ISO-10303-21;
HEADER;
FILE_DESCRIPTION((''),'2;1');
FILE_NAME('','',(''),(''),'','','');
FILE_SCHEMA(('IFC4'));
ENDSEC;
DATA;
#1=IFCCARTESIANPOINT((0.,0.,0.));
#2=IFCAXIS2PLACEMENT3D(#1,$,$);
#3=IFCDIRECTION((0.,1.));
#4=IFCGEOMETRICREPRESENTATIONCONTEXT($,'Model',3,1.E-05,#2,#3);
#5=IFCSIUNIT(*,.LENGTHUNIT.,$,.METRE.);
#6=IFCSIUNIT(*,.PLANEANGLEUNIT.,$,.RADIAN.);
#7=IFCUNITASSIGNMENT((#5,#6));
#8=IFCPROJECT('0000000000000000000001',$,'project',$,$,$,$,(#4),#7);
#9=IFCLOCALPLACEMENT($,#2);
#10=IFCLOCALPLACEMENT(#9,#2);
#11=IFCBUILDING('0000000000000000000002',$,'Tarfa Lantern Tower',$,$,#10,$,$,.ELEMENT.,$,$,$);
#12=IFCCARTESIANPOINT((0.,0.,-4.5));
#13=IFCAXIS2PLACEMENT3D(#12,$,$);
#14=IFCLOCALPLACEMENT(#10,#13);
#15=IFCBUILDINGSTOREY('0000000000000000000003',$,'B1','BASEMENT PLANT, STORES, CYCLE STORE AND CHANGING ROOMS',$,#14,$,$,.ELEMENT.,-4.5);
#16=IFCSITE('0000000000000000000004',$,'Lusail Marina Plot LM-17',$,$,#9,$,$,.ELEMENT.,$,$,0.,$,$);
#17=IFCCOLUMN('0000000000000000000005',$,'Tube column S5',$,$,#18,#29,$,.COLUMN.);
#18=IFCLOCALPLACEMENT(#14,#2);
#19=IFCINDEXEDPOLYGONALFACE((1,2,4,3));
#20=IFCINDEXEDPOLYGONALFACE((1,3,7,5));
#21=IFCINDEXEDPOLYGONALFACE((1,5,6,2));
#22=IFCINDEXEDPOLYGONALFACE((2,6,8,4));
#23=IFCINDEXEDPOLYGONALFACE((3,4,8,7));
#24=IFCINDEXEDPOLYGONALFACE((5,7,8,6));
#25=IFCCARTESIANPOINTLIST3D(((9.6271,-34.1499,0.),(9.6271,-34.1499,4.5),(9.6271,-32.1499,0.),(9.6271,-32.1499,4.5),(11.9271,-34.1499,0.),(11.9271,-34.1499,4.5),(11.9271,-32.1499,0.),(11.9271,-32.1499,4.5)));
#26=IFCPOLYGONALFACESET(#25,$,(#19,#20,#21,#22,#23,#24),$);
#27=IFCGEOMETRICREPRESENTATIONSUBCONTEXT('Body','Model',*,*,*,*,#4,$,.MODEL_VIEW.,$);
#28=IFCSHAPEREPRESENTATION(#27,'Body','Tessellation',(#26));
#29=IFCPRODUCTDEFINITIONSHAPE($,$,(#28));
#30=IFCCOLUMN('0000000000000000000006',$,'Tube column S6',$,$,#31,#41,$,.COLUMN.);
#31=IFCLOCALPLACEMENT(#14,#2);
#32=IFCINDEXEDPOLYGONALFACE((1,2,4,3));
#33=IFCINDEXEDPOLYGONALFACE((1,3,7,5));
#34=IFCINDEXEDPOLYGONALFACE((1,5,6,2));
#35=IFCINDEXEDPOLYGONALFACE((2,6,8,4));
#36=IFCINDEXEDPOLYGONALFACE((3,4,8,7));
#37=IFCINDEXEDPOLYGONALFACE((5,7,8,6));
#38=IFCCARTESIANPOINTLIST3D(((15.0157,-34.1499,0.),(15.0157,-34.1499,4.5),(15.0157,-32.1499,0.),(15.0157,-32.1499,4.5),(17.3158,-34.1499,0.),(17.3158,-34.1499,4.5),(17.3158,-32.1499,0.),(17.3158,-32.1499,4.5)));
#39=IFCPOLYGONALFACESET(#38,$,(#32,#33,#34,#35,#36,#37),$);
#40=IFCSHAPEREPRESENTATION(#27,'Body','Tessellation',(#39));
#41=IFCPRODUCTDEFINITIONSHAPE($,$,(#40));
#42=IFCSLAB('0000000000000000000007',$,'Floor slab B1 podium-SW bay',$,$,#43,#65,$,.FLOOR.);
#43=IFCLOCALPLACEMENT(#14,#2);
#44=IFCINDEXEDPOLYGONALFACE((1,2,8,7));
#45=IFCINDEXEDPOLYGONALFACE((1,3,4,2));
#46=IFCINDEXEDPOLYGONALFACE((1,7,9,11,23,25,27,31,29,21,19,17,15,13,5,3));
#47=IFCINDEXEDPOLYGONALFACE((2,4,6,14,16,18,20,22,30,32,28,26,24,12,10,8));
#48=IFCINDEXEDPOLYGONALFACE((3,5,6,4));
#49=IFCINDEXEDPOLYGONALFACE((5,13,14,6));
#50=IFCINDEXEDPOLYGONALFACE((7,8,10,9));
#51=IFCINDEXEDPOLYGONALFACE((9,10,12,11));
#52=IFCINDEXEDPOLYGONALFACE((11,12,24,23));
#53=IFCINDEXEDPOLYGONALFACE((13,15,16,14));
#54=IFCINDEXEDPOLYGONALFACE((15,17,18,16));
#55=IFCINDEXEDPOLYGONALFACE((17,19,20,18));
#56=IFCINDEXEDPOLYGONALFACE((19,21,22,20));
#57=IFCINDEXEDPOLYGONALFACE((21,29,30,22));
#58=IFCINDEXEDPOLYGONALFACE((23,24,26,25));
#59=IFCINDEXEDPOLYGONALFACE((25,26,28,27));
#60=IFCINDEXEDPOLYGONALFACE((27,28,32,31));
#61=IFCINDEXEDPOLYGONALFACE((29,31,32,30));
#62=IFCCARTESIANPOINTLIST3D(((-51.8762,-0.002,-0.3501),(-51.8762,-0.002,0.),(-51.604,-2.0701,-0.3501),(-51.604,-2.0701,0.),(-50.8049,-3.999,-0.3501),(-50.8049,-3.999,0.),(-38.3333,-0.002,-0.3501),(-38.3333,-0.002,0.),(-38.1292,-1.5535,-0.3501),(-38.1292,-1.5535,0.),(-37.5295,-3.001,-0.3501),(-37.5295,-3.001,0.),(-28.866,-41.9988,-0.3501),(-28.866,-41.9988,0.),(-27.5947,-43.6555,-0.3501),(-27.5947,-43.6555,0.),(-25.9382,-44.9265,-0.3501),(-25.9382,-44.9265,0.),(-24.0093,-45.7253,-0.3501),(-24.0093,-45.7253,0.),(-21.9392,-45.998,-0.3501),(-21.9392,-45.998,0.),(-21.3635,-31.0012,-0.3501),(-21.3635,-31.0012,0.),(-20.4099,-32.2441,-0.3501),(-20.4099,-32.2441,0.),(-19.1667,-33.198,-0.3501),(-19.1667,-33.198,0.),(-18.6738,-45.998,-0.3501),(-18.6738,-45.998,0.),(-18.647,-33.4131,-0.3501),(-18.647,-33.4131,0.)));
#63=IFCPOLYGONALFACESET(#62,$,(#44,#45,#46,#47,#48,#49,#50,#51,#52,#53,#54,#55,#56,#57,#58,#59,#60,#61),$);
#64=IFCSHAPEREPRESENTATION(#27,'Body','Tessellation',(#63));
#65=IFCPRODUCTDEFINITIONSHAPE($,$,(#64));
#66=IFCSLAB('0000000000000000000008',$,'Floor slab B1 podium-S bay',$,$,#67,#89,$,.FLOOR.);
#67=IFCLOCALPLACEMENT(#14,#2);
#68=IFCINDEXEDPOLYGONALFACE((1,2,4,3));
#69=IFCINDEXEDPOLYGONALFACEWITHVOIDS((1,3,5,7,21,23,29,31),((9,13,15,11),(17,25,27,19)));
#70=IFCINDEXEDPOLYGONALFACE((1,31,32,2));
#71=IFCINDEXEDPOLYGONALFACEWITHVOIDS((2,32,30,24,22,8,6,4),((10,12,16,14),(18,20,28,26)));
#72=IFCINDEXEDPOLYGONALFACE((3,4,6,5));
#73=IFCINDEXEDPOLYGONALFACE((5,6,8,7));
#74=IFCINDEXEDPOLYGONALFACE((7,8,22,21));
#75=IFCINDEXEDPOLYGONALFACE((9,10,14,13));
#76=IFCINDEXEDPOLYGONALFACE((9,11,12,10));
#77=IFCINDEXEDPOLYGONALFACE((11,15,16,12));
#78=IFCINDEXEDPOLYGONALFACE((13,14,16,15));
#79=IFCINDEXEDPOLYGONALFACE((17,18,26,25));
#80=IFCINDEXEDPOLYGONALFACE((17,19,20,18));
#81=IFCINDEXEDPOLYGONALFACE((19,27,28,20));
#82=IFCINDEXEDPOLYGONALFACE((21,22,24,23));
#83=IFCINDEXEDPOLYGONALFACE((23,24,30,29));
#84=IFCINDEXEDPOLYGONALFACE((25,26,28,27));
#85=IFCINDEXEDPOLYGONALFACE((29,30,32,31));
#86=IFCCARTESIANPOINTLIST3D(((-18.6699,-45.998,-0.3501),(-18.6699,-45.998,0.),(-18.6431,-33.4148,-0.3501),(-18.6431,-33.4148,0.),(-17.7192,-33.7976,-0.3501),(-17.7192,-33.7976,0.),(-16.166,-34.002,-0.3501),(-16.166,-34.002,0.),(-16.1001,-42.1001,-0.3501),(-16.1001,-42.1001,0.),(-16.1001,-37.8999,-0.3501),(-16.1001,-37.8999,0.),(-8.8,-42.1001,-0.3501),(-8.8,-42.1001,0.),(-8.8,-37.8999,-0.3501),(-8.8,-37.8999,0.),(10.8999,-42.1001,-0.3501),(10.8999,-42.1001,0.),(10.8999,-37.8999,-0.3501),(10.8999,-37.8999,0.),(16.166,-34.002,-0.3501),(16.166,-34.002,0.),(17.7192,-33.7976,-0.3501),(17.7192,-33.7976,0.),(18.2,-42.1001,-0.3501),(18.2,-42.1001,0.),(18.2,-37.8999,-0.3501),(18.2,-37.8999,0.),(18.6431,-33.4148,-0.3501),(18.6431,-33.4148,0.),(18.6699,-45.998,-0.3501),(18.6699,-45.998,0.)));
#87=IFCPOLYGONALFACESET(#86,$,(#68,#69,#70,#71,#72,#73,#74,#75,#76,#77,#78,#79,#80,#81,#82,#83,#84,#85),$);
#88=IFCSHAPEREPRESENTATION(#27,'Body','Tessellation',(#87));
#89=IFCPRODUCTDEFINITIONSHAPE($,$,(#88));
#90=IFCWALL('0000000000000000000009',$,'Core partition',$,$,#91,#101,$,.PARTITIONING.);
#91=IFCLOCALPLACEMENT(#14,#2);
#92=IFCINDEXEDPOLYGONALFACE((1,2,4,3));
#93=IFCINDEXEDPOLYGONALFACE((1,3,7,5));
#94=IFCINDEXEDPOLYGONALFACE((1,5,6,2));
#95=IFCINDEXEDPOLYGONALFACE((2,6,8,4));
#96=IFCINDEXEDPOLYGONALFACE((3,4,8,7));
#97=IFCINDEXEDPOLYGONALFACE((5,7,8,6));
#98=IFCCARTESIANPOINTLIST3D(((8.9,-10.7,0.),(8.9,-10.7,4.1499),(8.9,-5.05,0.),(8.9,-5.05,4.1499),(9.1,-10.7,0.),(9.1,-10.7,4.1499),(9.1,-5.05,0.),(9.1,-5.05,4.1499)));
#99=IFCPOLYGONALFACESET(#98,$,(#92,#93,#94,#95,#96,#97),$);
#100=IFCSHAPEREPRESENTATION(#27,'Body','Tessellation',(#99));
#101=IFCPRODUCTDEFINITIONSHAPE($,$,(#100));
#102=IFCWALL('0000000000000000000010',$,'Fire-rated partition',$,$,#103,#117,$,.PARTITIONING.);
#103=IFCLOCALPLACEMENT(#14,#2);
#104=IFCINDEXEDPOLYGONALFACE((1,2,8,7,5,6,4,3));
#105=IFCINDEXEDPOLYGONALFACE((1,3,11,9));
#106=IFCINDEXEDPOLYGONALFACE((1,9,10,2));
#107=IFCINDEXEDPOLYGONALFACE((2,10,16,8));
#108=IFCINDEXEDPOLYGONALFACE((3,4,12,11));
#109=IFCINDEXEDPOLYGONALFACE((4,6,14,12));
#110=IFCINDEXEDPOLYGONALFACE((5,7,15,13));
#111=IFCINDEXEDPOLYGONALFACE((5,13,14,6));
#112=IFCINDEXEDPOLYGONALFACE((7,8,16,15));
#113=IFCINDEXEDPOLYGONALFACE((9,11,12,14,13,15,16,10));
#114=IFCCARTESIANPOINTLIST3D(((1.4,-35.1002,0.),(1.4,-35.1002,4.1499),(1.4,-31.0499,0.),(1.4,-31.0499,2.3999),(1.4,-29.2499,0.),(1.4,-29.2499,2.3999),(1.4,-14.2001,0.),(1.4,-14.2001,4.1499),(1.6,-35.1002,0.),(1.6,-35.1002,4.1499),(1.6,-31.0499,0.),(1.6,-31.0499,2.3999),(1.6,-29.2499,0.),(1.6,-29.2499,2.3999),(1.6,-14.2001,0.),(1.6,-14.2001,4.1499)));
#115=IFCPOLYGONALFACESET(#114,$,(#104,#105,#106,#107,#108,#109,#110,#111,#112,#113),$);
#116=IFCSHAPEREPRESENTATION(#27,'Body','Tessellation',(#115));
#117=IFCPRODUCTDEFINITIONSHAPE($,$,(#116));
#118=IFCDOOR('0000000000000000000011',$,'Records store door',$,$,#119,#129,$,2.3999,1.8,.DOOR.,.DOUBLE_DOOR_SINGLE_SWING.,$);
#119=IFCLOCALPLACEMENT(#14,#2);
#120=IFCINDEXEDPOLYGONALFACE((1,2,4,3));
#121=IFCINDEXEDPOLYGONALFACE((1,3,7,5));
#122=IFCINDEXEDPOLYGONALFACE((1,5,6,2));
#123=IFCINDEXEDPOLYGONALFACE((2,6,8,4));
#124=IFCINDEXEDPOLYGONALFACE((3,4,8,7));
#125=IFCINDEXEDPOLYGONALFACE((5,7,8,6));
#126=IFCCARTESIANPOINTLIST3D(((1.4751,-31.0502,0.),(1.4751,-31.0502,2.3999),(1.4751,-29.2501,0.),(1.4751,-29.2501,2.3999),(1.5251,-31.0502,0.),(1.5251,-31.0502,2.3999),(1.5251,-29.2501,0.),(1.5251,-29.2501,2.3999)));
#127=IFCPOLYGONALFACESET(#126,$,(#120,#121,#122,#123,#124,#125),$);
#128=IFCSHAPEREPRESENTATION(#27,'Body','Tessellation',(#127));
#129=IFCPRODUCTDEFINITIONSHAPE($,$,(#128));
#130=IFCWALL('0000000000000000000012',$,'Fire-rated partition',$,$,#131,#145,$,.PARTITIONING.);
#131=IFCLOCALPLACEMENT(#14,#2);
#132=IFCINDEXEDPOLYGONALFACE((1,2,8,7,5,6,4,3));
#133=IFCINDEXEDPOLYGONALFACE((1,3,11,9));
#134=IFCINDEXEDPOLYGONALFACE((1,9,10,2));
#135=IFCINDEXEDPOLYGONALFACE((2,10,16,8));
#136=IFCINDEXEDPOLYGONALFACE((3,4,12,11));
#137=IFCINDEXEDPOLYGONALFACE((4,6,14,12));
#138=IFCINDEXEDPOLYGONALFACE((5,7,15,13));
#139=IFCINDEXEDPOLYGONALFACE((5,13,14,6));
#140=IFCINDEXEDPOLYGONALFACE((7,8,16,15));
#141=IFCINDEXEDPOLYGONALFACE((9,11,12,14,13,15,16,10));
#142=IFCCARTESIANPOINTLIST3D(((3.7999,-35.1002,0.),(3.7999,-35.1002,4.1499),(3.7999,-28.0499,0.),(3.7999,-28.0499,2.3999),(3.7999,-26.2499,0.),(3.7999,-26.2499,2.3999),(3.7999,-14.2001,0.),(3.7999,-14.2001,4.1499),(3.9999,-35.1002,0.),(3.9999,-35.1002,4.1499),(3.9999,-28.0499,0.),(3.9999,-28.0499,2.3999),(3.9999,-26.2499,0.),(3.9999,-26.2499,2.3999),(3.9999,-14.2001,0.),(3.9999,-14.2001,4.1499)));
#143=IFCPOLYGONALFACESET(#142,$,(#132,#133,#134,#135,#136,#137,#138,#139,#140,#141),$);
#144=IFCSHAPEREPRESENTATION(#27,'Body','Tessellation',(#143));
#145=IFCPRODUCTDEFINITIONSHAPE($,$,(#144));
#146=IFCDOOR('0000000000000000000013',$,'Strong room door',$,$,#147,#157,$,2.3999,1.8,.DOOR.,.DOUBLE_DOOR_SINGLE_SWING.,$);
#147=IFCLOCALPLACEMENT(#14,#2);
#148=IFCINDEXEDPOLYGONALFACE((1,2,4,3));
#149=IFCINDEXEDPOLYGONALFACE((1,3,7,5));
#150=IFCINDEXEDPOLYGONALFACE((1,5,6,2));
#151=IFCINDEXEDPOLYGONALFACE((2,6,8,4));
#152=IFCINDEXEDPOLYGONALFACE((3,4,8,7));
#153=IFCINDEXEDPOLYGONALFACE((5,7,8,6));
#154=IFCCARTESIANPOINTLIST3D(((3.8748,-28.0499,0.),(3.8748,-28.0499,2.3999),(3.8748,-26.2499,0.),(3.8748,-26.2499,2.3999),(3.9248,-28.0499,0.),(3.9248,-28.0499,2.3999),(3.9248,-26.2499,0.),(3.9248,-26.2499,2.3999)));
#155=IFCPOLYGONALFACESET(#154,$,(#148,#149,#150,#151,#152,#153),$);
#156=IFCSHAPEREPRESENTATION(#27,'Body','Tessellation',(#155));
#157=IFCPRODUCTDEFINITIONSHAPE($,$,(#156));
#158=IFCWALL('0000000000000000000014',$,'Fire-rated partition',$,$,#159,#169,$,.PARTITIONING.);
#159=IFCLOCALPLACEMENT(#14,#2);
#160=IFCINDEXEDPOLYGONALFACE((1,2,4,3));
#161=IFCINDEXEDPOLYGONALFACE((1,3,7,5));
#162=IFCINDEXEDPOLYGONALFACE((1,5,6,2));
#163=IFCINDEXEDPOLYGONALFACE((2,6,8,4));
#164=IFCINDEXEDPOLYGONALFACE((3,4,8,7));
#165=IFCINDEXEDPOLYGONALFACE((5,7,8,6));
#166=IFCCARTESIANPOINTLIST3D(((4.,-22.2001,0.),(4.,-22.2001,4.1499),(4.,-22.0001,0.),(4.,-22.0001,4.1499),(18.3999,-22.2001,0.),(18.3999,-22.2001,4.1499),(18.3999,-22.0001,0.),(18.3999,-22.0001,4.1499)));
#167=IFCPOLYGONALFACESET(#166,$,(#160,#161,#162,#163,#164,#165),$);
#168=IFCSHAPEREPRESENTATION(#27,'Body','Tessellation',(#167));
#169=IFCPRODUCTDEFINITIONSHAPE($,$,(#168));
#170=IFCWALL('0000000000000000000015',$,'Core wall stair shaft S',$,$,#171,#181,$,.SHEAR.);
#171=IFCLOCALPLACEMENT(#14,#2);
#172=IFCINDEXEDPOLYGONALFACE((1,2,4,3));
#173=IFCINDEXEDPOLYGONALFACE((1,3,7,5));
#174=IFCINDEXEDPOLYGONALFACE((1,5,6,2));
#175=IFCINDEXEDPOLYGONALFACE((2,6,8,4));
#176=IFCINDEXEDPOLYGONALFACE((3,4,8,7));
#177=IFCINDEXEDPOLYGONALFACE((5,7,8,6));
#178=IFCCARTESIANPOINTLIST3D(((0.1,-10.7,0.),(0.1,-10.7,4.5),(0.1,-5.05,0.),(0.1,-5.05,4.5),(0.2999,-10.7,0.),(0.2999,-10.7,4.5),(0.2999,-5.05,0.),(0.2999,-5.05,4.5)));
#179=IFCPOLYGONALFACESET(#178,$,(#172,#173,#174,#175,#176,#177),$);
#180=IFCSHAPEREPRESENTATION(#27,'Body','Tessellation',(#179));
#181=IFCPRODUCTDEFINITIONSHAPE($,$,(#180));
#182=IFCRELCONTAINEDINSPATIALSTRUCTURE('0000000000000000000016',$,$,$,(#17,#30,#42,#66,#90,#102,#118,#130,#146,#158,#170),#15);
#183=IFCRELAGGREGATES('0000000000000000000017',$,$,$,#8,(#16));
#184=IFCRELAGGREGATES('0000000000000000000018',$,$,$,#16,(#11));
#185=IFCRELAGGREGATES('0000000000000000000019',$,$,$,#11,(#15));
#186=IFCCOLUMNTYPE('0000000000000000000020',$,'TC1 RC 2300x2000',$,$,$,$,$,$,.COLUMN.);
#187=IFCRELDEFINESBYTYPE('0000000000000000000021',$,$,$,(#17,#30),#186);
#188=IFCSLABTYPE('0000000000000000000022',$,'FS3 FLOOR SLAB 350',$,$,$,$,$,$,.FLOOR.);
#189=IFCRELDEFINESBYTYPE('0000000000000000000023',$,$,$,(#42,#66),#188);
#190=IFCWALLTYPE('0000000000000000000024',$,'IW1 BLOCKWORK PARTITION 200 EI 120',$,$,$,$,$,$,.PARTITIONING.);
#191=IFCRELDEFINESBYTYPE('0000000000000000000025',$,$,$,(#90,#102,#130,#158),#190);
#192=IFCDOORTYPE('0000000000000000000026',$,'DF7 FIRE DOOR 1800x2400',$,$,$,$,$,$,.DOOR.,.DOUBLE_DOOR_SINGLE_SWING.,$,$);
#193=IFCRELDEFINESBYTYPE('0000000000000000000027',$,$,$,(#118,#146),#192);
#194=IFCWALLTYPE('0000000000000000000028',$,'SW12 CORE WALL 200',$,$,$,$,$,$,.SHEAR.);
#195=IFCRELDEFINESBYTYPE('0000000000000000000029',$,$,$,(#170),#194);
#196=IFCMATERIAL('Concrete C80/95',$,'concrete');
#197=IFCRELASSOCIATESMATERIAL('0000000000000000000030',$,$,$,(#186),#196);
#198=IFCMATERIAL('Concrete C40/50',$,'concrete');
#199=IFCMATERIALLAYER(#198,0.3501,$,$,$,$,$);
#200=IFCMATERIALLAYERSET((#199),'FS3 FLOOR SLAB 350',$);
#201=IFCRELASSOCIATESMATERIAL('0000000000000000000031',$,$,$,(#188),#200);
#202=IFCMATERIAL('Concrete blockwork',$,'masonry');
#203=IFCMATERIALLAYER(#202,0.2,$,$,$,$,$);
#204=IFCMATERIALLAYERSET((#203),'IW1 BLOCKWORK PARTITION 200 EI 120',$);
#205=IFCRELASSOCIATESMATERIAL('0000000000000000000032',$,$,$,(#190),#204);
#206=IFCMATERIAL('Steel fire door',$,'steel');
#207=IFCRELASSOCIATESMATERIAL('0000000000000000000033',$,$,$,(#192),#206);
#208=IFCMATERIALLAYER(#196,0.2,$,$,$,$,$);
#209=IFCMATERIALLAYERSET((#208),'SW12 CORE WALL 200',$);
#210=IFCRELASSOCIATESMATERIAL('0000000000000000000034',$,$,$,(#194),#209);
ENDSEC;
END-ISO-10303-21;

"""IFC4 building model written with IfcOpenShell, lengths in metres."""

from ifc_helpers import new_model, si_unit, direction, frame, frame_2d, origin, origin_2d, place, context, subcontext, project, spatial, polyline, rectangle, outline, extrude, material, layer, layer_set, material_profile, profile_set, type_object, element, fill, save


model = new_model("IFC4")

# Units and contexts
model_context = context("Model", 3, precision=1e-05, world=origin(), true_north=direction((0.0, 1.0)))
body_context = subcontext(model_context, "Body", "Model", "MODEL_VIEW")
ifc_project = project(units=[si_unit("LENGTHUNIT", "METRE"), si_unit("PLANEANGLEUNIT", "RADIAN")], contexts=[model_context])

# Site, building, storey
site_placement = place(None, origin())
site = spatial("IfcSite", under=ifc_project, at=site_placement, Name="Lusail Marina Plot LM-17", CompositionType="ELEMENT", RefElevation=0.0)
building_placement = place(site_placement, origin())
building = spatial("IfcBuilding", under=site, at=building_placement, Name="Tarfa Lantern Tower", CompositionType="ELEMENT")
storey_placement = place(building_placement, frame((0.0, 0.0, -4.5)))
storey = spatial("IfcBuildingStorey", under=building, at=storey_placement, Name="B1", Description="BASEMENT PLANT, STORES, CYCLE STORE AND CHANGING ROOMS", CompositionType="ELEMENT", Elevation=-4.5)

# Columns
ifc_material_1 = material(Name="Concrete C80/95", Category="concrete")
ifc_material_profile = material_profile(ifc_material_1, rectangle(XDim=2.3, YDim=2.0, at=origin_2d()), Name="RC 2300x2000")
ifc_profile_set = profile_set([ifc_material_profile], Name="Concrete C80/95")
column_type = type_object("IfcColumnType", Name="TC1 RC 2300x2000", PredefinedType="COLUMN", material=ifc_profile_set)
for number, where, z_axis, x_axis, name in (
    (1, (10.7771, -33.1499, 0.0), (0.0, 0.0, 1.0), (1.0, 0.0, 0.0), "Tube column S5"),
    (2, (16.1658, -33.1499, 0.0), (0.0, 0.0, 1.0), (1.0, 0.0, 0.0), "Tube column S6"),
):
    element("IfcColumn", number, at=place(storey_placement, frame(where, z_axis=z_axis, x_axis=x_axis)), inside=storey, type_object=column_type, Name=name, PredefinedType="COLUMN", context=body_context, shape_type="SweptSolid", body=[
        extrude(rectangle(XDim=2.3, YDim=2.0, at=origin_2d()), origin(), (0.0, 0.0, 1.0), 4.5),
    ])

# Slabs
ifc_material_2 = material(Name="Concrete C40/50", Category="concrete")
ifc_layer_1 = layer(ifc_material_2, 0.3501)
ifc_layer_set_1 = layer_set([ifc_layer_1], Name="FS3 FLOOR SLAB 350")
slab_type = type_object("IfcSlabType", Name="FS3 FLOOR SLAB 350", PredefinedType="FLOOR", material=ifc_layer_set_1)
slab_1_placement = place(storey_placement, frame((0.0, 0.0, -0.3501)))
element("IfcSlab", 3, at=slab_1_placement, inside=storey, type_object=slab_type, Name="Floor slab B1 podium-SW bay", PredefinedType="FLOOR", context=body_context, shape_type="SweptSolid", body=[
    extrude(outline(polyline([(-18.647, -33.4131), (-19.1667, -33.198), (-20.4099, -32.2441), (-21.3635, -31.0012), (-37.5295, -3.001), (-38.1292, -1.5535), (-38.3333, -0.002), (-51.8762, -0.002), (-51.604, -2.0701), (-50.8049, -3.999), (-28.866, -41.9988), (-27.5947, -43.6555), (-25.9382, -44.9265), (-24.0093, -45.7253), (-21.9392, -45.998), (-18.6738, -45.998), (-18.647, -33.4131)])), origin(), (0.0, 0.0, 1.0), 0.3501),
])
slab_2_placement = place(storey_placement, frame((0.0, 0.0, -0.3501)))
element("IfcSlab", 4, at=slab_2_placement, inside=storey, type_object=slab_type, Name="Floor slab B1 podium-S bay", PredefinedType="FLOOR", context=body_context, shape_type="SweptSolid", body=[
    extrude(outline(polyline([(18.6431, -33.4148), (17.7192, -33.7976), (16.166, -34.002), (-16.166, -34.002), (-17.7192, -33.7976), (-18.6431, -33.4148), (-18.6699, -45.998), (18.6699, -45.998), (18.6431, -33.4148)]), holes=[polyline([(-16.1001, -42.1001), (-8.8, -42.1001), (-8.8, -37.8999), (-16.1001, -37.8999), (-16.1001, -42.1001)]), polyline([(10.8999, -42.1001), (18.2, -42.1001), (18.2, -37.8999), (10.8999, -37.8999), (10.8999, -42.1001)])]), origin(), (0.0, 0.0, 1.0), 0.3501),
])

# Wall
ifc_material_3 = material(Name="Concrete blockwork", Category="masonry")
ifc_layer_2 = layer(ifc_material_3, 0.2)
ifc_layer_set_2 = layer_set([ifc_layer_2], Name="IW1 BLOCKWORK PARTITION 200 EI 120")
wall_type_1 = type_object("IfcWallType", Name="IW1 BLOCKWORK PARTITION 200 EI 120", PredefinedType="PARTITIONING", material=ifc_layer_set_2)
wall_1_placement = place(storey_placement, frame((9.0, -5.05, 0.0), z_axis=(0.0, 0.0, 1.0), x_axis=(0.0, -1.0, 0.0)))
element("IfcWall", 5, at=wall_1_placement, inside=storey, type_object=wall_type_1, Name="Core partition", PredefinedType="PARTITIONING", context=body_context, shape_type="SweptSolid", body=[
    extrude(rectangle(XDim=5.6499, YDim=0.2, at=frame_2d((2.825, 0.0))), origin(), (0.0, 0.0, 1.0), 4.1499),
])

# Walls, openings, doors
wall_2_placement = place(storey_placement, frame((1.5, -14.2, 0.0), z_axis=(0.0, 0.0, 1.0), x_axis=(0.0, -1.0, 0.0)))
wall_2 = element("IfcWall", 6, at=wall_2_placement, inside=storey, type_object=wall_type_1, Name="Fire-rated partition", PredefinedType="PARTITIONING", context=body_context, shape_type="SweptSolid", body=[
    extrude(rectangle(XDim=20.9001, YDim=0.2, at=frame_2d((10.4502, 0.0))), origin(), (0.0, 0.0, 1.0), 4.1499),
])
opening_1_placement = place(wall_2_placement, frame((15.05, 0.0, 0.0)))
opening_1 = element("IfcOpeningElement", 7, at=opening_1_placement, cuts=wall_2, PredefinedType="OPENING", context=body_context, shape_type="SweptSolid", body=[
    extrude(rectangle(XDim=1.8, YDim=2.3999, at=frame_2d((0.8999, 1.2))), frame((0.0, 0.1099, 0.0), z_axis=(0.0, -1.0, 0.0), x_axis=(1.0, 0.0, 0.0)), (0.0, 0.0, 1.0), 0.22),
])
ifc_material_4 = material(Name="Steel fire door", Category="steel")
door_type_1 = type_object("IfcDoorType", Name="DF7 FIRE DOOR 1800x2400", OperationType="DOUBLE_DOOR_SINGLE_SWING", PredefinedType="DOOR", material=ifc_material_4)
door_1_placement = place(opening_1_placement, frame((1.8, 0.0, 0.0), z_axis=(0.0, 0.0, 1.0), x_axis=(-1.0, 0.0, 0.0)))
door_1 = element("IfcDoor", 8, at=door_1_placement, inside=storey, type_object=door_type_1, Name="Records store door", OperationType="DOUBLE_DOOR_SINGLE_SWING", OverallHeight=2.3999, OverallWidth=1.8, PredefinedType="DOOR", context=body_context, shape_type="SweptSolid", body=[
    extrude(rectangle(XDim=1.8, YDim=2.3999, at=frame_2d((0.8999, 1.2))), frame((0.0, 0.0249, 0.0), z_axis=(0.0, -1.0, 0.0), x_axis=(1.0, 0.0, 0.0)), (0.0, 0.0, 1.0), 0.05),
])
fill(opening_1, door_1)
wall_3_placement = place(storey_placement, frame((3.8999, -14.2, 0.0), z_axis=(0.0, 0.0, 1.0), x_axis=(0.0, -1.0, 0.0)))
wall_3 = element("IfcWall", 9, at=wall_3_placement, inside=storey, type_object=wall_type_1, Name="Fire-rated partition", PredefinedType="PARTITIONING", context=body_context, shape_type="SweptSolid", body=[
    extrude(rectangle(XDim=20.9001, YDim=0.2, at=frame_2d((10.4502, 0.0))), origin(), (0.0, 0.0, 1.0), 4.1499),
])
opening_2_placement = place(wall_3_placement, frame((12.05, 0.0, 0.0)))
opening_2 = element("IfcOpeningElement", 10, at=opening_2_placement, cuts=wall_3, PredefinedType="OPENING", context=body_context, shape_type="SweptSolid", body=[
    extrude(rectangle(XDim=1.8, YDim=2.3999, at=frame_2d((0.8999, 1.2))), frame((0.0, 0.1099, 0.0), z_axis=(0.0, -1.0, 0.0), x_axis=(1.0, 0.0, 0.0)), (0.0, 0.0, 1.0), 0.22),
])
door_2_placement = place(opening_2_placement, origin())
door_2 = element("IfcDoor", 11, at=door_2_placement, inside=storey, type_object=door_type_1, Name="Strong room door", OperationType="DOUBLE_DOOR_SINGLE_SWING", OverallHeight=2.3999, OverallWidth=1.8, PredefinedType="DOOR", context=body_context, shape_type="SweptSolid", body=[
    extrude(rectangle(XDim=1.8, YDim=2.3999, at=frame_2d((0.8999, 1.2))), frame((0.0, 0.0249, 0.0), z_axis=(0.0, -1.0, 0.0), x_axis=(1.0, 0.0, 0.0)), (0.0, 0.0, 1.0), 0.05),
])
fill(opening_2, door_2)

# Walls
wall_4_placement = place(storey_placement, frame((4.0, -22.1001, 0.0), z_axis=(0.0, 0.0, 1.0), x_axis=(1.0, 0.0, 0.0)))
element("IfcWall", 12, at=wall_4_placement, inside=storey, type_object=wall_type_1, Name="Fire-rated partition", PredefinedType="PARTITIONING", context=body_context, shape_type="SweptSolid", body=[
    extrude(rectangle(XDim=14.3999, YDim=0.2, at=frame_2d((7.2, 0.0))), origin(), (0.0, 0.0, 1.0), 4.1499),
])
ifc_layer_3 = layer(ifc_material_1, 0.2)
ifc_layer_set_3 = layer_set([ifc_layer_3], Name="SW12 CORE WALL 200")
wall_type_2 = type_object("IfcWallType", Name="SW12 CORE WALL 200", PredefinedType="SHEAR", material=ifc_layer_set_3)
wall_5_placement = place(storey_placement, frame((0.2, -5.05, 0.0), z_axis=(0.0, 0.0, 1.0), x_axis=(0.0, -1.0, 0.0)))
element("IfcWall", 13, at=wall_5_placement, inside=storey, type_object=wall_type_2, Name="Core wall stair shaft S", PredefinedType="SHEAR", context=body_context, shape_type="SweptSolid", body=[
    extrude(rectangle(XDim=5.6499, YDim=0.2, at=frame_2d((2.825, 0.0))), origin(), (0.0, 0.0, 1.0), 4.5),
])

save(model, "model.ifc")
